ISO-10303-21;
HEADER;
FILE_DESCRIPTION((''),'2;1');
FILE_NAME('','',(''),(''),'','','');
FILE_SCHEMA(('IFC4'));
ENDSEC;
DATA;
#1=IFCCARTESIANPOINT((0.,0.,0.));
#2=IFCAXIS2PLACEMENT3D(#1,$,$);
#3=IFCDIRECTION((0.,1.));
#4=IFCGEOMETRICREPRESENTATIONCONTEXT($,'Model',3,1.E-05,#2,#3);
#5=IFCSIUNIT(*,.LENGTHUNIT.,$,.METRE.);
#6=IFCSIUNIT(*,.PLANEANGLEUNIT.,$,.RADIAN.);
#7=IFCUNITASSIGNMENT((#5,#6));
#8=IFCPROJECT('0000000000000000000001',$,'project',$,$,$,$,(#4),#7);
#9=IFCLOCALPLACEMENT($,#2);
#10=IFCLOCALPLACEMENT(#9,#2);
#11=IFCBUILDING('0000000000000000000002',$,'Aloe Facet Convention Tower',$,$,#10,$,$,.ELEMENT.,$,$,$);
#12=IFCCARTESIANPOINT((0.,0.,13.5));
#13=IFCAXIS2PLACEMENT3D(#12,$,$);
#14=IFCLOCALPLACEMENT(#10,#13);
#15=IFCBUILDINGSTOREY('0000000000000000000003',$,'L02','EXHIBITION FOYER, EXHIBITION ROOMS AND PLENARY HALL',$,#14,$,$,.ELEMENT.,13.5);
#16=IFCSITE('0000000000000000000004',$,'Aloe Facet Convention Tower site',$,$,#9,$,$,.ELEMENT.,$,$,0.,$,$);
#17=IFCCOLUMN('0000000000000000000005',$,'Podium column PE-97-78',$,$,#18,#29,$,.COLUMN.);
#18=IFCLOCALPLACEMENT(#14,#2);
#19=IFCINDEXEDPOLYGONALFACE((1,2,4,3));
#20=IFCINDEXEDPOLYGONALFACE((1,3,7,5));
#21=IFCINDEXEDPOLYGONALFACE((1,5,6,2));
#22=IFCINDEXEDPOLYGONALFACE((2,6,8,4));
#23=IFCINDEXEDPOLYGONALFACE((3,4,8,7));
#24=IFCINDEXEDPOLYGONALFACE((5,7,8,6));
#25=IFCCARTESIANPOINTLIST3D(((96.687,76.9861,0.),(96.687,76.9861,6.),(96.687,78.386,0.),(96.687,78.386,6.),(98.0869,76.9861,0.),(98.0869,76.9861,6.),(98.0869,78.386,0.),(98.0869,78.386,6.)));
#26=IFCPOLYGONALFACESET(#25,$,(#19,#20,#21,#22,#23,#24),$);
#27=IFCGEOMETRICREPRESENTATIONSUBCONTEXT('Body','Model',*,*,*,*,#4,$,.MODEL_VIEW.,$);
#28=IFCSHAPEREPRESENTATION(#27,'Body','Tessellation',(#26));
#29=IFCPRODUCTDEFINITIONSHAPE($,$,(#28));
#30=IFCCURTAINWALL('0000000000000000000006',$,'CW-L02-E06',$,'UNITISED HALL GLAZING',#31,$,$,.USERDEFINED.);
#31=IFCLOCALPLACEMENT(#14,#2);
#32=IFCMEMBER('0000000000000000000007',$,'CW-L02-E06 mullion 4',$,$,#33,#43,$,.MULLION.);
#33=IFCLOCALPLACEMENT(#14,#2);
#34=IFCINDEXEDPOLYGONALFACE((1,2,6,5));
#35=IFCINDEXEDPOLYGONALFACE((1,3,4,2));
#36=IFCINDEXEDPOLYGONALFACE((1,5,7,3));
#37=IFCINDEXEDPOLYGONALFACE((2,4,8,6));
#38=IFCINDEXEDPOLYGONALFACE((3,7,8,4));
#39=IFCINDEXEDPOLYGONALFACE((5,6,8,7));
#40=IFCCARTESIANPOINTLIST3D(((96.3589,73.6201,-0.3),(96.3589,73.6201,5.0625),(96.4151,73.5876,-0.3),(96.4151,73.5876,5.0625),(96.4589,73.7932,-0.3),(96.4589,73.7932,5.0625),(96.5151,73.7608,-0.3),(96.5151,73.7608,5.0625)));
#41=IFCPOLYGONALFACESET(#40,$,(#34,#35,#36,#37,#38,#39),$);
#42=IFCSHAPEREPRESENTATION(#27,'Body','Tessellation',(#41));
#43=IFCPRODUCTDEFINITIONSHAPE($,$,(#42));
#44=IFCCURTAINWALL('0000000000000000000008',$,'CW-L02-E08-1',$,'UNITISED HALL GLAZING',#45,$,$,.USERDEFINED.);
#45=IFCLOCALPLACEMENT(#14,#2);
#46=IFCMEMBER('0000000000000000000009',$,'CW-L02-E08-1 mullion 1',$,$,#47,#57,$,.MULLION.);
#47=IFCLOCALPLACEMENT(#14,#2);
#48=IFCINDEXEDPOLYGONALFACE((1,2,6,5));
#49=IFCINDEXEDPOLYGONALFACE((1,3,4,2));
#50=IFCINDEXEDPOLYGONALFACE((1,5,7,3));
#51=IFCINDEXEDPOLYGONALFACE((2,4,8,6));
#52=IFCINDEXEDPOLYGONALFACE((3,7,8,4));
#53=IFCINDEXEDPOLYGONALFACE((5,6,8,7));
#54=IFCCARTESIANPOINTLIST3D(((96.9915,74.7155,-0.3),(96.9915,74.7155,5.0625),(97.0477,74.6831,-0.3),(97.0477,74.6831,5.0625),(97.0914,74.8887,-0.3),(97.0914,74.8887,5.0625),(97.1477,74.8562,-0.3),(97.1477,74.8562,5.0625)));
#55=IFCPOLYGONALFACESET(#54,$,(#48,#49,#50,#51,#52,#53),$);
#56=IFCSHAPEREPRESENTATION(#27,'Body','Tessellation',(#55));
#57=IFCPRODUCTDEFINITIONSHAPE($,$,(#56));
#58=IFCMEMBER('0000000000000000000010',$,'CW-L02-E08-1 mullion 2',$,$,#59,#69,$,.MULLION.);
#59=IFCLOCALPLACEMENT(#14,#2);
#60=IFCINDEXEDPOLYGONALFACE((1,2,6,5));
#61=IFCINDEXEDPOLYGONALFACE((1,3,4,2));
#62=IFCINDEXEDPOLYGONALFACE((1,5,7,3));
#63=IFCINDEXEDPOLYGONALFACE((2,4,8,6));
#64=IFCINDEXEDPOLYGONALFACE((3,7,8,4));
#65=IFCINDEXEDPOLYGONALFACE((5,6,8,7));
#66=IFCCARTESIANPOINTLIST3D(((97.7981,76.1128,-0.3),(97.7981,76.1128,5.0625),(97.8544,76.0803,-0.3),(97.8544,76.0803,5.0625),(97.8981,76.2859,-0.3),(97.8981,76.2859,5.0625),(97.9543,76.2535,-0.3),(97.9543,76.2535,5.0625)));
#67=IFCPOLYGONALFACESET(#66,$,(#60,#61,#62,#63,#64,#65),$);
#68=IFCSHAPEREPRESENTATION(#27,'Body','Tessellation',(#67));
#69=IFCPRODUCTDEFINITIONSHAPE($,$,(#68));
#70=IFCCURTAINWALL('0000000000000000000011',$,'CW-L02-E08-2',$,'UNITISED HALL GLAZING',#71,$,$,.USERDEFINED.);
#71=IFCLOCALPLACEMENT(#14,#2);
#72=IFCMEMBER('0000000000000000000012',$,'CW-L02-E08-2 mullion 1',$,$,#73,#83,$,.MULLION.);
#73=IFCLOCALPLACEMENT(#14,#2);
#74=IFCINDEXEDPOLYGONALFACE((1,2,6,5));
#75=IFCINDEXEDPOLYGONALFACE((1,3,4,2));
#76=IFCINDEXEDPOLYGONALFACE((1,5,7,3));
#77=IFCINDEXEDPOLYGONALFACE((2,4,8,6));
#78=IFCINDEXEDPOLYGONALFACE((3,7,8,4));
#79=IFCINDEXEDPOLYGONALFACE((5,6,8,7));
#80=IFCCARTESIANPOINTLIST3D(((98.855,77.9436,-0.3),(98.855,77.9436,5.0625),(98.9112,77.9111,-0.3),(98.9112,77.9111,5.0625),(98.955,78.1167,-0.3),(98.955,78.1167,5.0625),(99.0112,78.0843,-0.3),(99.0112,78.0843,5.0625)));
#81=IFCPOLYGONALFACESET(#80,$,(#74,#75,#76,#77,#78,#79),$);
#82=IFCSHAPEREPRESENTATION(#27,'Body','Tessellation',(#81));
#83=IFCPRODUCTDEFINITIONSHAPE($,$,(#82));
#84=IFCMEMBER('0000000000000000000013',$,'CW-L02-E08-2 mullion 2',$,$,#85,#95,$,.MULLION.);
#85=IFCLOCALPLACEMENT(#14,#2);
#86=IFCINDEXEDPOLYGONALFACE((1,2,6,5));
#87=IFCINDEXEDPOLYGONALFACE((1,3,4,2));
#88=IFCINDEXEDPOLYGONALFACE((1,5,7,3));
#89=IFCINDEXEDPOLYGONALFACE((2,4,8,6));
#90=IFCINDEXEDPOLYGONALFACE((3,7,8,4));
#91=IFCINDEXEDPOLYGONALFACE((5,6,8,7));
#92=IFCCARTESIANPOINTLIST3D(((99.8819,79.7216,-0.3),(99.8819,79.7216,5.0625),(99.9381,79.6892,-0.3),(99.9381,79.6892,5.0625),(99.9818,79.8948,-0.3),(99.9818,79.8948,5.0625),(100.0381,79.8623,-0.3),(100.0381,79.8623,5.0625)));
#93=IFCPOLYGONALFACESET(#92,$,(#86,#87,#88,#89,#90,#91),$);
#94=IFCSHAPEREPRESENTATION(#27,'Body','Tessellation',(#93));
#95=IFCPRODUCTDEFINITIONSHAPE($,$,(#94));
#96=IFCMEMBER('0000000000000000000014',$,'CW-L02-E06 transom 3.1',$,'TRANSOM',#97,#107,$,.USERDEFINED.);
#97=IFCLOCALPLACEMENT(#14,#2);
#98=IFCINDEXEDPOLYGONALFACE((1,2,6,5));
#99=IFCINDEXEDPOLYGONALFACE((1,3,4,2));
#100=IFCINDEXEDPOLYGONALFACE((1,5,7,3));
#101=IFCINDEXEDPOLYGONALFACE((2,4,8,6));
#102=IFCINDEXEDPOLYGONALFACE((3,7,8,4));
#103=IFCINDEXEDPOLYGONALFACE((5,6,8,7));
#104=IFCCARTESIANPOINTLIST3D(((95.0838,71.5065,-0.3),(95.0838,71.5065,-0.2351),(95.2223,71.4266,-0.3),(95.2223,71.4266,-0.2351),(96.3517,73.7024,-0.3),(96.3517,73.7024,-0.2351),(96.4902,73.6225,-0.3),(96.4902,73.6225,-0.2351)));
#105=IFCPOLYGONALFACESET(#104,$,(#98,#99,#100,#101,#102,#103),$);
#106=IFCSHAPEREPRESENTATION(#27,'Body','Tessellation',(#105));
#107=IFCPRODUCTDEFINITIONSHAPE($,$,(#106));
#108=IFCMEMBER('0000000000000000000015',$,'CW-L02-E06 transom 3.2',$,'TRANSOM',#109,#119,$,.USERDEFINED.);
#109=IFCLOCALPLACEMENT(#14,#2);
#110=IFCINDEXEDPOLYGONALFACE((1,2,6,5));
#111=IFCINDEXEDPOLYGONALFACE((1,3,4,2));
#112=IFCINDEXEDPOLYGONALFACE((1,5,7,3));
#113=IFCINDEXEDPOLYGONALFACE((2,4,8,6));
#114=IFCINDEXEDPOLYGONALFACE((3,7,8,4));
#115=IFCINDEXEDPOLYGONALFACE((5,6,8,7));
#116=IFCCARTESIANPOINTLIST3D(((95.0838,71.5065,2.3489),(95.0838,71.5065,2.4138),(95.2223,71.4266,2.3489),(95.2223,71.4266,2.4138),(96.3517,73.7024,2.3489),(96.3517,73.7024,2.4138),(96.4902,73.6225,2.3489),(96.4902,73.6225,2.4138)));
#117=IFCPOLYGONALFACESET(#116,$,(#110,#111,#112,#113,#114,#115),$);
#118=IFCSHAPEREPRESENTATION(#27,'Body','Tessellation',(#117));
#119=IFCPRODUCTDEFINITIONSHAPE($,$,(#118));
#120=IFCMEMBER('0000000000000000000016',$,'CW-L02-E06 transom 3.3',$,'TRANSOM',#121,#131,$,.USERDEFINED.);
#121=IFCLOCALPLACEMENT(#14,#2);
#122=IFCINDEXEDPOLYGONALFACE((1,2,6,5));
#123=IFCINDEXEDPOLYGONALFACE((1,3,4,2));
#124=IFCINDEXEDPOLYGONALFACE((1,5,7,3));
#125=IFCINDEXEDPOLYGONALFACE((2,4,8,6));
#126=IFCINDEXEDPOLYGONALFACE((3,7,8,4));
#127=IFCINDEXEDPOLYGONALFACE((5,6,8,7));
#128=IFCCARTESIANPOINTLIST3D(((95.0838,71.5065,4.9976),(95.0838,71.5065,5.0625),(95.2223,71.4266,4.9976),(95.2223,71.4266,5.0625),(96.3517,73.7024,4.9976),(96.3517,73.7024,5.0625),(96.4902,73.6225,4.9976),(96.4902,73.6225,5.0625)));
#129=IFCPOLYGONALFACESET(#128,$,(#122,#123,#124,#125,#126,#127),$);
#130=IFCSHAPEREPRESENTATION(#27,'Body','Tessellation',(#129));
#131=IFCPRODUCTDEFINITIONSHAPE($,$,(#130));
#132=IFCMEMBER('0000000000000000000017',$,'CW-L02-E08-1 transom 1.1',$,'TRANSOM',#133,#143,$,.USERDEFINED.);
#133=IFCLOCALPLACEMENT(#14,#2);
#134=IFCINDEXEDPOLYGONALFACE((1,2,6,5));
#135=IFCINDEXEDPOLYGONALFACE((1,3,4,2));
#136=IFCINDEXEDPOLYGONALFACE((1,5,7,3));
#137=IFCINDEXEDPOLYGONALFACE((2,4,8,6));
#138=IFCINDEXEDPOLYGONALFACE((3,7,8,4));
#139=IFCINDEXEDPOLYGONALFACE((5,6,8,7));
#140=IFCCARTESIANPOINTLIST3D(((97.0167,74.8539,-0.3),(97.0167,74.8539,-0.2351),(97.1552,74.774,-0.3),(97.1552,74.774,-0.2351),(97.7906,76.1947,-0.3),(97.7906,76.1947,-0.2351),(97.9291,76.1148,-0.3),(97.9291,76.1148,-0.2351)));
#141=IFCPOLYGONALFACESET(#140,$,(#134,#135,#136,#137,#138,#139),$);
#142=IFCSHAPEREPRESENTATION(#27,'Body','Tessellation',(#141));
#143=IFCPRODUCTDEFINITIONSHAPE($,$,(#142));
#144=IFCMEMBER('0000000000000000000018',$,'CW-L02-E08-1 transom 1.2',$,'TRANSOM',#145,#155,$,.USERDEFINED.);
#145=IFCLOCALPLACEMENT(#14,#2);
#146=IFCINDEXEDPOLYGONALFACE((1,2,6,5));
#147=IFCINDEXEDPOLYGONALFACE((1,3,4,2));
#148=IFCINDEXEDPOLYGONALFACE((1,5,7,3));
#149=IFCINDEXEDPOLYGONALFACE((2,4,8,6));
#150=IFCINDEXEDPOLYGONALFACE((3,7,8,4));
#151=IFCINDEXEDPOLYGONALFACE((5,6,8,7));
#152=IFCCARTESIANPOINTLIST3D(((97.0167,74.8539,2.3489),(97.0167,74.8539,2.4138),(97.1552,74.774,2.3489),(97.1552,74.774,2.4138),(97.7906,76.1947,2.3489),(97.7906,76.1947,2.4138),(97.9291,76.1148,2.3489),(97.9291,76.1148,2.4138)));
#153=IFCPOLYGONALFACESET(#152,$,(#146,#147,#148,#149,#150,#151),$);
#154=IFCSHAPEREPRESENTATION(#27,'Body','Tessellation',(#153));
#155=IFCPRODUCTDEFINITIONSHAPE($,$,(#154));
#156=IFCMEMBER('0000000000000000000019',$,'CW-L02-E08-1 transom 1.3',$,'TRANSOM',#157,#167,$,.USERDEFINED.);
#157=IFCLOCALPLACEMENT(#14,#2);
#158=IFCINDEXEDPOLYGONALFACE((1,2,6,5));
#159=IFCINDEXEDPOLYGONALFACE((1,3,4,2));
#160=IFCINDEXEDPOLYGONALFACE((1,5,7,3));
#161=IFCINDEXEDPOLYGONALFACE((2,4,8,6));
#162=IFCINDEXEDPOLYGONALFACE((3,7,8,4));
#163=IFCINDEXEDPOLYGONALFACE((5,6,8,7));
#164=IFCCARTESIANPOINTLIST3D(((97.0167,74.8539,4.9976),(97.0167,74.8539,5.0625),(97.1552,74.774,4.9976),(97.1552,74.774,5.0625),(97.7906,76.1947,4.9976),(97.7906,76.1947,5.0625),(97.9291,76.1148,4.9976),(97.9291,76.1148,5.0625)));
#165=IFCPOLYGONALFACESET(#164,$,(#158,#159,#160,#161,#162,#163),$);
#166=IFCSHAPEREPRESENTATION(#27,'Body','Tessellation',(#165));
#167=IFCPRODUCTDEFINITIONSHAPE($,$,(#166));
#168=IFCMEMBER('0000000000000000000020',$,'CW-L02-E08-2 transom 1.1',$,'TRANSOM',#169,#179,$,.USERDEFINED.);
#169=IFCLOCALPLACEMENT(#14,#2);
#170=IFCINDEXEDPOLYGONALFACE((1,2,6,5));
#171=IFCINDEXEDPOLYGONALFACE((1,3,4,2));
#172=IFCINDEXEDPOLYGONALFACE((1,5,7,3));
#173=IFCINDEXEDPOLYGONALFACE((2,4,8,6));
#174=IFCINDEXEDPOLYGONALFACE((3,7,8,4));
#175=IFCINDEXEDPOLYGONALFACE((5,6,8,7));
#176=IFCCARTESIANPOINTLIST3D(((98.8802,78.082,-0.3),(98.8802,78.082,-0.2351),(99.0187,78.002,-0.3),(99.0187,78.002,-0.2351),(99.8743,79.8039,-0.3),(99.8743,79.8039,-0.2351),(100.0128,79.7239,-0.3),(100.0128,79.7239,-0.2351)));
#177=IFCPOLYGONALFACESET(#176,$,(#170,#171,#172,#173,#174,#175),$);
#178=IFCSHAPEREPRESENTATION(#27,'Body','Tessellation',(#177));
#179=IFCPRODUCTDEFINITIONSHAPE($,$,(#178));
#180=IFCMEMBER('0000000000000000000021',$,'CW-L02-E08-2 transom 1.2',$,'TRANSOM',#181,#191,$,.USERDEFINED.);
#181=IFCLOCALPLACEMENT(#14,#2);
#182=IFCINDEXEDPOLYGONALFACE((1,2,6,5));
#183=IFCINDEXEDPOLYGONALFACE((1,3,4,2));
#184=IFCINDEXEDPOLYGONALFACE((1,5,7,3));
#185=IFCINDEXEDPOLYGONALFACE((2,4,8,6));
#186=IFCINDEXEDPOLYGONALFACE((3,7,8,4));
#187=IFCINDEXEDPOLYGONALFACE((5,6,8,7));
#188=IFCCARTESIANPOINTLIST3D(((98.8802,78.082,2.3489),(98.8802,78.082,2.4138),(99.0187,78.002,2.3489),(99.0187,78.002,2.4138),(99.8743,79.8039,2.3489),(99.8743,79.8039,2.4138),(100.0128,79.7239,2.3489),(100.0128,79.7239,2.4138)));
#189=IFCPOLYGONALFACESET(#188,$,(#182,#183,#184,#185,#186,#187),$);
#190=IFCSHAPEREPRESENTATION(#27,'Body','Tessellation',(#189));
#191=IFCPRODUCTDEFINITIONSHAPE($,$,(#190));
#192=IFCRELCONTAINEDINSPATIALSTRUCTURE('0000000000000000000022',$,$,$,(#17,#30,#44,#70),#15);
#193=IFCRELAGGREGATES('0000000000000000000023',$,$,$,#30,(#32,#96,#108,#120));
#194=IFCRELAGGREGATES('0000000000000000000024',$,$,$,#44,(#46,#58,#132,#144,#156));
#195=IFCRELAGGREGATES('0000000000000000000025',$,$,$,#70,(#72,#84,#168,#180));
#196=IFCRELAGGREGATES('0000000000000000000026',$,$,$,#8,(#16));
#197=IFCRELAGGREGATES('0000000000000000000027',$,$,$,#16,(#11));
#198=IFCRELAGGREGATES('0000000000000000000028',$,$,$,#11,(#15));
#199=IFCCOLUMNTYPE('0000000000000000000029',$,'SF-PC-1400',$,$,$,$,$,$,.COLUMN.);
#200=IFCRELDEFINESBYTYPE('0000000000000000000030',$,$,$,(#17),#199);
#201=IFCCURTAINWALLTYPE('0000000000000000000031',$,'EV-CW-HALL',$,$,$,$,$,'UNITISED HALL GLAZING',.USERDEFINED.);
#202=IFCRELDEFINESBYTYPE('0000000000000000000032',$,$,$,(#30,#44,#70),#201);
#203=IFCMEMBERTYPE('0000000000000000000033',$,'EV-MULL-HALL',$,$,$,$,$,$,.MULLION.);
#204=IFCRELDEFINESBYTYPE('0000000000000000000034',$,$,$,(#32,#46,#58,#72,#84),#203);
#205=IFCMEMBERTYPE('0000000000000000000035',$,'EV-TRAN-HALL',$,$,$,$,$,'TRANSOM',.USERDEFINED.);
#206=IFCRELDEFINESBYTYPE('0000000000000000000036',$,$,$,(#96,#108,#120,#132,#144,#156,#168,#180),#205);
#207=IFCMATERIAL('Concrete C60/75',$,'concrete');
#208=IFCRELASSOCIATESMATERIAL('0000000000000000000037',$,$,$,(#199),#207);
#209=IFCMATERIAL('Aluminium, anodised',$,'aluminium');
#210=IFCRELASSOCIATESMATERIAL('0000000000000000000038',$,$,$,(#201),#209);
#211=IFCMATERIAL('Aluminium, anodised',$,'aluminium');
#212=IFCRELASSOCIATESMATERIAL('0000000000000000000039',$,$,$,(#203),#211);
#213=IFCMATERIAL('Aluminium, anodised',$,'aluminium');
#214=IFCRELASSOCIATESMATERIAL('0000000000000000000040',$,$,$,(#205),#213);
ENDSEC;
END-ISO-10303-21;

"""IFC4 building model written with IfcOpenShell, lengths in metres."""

from ifc_helpers import new_model, si_unit, direction, frame, origin, origin_2d, place, context, subcontext, project, spatial, rectangle, extrude, material, material_profile, profile_set, type_object, element, aggregate, save


model = new_model("IFC4")

# Units and contexts
model_context = context("Model", 3, precision=1e-05, world=origin(), true_north=direction((0.0, 1.0)))
body_context = subcontext(model_context, "Body", "Model", "MODEL_VIEW")
ifc_project = project(units=[si_unit("LENGTHUNIT", "METRE"), si_unit("PLANEANGLEUNIT", "RADIAN")], contexts=[model_context])

# Site, building, storey
site_placement = place(None, origin())
site = spatial("IfcSite", under=ifc_project, at=site_placement, Name="Aloe Facet Convention Tower site", CompositionType="ELEMENT", RefElevation=0.0)
building_placement = place(site_placement, origin())
building = spatial("IfcBuilding", under=site, at=building_placement, Name="Aloe Facet Convention Tower", CompositionType="ELEMENT")
storey_placement = place(building_placement, frame((0.0, 0.0, 13.5)))
storey = spatial("IfcBuildingStorey", under=building, at=storey_placement, Name="L02", Description="EXHIBITION FOYER, EXHIBITION ROOMS AND PLENARY HALL", CompositionType="ELEMENT", Elevation=13.5)

# Column
ifc_material_1 = material(Name="Concrete C60/75", Category="concrete")
ifc_material_profile_1 = material_profile(ifc_material_1, rectangle(XDim=1.3999, YDim=1.3999, at=origin_2d()), Name="SF-PC-1400")
ifc_profile_set_1 = profile_set([ifc_material_profile_1], Name="Concrete C60/75")
column_type = type_object("IfcColumnType", Name="SF-PC-1400", PredefinedType="COLUMN", material=ifc_profile_set_1)
column_placement = place(storey_placement, frame((97.387, 77.686, 0.0), z_axis=(0.0, 0.0, 1.0), x_axis=(1.0, 0.0, 0.0)))
element("IfcColumn", 1, at=column_placement, inside=storey, type_object=column_type, Name="Podium column PE-97-78", PredefinedType="COLUMN", context=body_context, shape_type="SweptSolid", body=[
    extrude(rectangle(XDim=1.3999, YDim=1.3999, at=origin_2d()), origin(), (0.0, 0.0, 1.0), 6.0),
])

# Curtain wall, member
ifc_material_2 = material(Name="Aluminium, anodised", Category="aluminium")
curtain_wall_type = type_object("IfcCurtainWallType", Name="EV-CW-HALL", ElementType="UNITISED HALL GLAZING", PredefinedType="USERDEFINED", material=ifc_material_2)
curtain_wall_1_placement = place(storey_placement, origin())
curtain_wall_1 = element("IfcCurtainWall", 2, at=curtain_wall_1_placement, inside=storey, type_object=curtain_wall_type, Name="CW-L02-E06", ObjectType="UNITISED HALL GLAZING", PredefinedType="USERDEFINED")
ifc_material_3 = material(Name="Aluminium, anodised", Category="aluminium")
ifc_material_profile_2 = material_profile(ifc_material_3, rectangle(XDim=0.0649, YDim=0.2, at=origin_2d()), Name="AL 65x200")
ifc_profile_set_2 = profile_set([ifc_material_profile_2], Name="Aluminium, anodised")
member_type_1 = type_object("IfcMemberType", Name="EV-MULL-HALL", PredefinedType="MULLION", material=ifc_profile_set_2)
member_1_placement = place(storey_placement, frame((96.437, 73.6904, -0.3), z_axis=(0.0, 0.0, 1.0), x_axis=(-0.866025, 0.5, 0.0)))
member_1 = element("IfcMember", 3, at=member_1_placement, type_object=member_type_1, Name="CW-L02-E06 mullion 4", PredefinedType="MULLION", context=body_context, shape_type="SweptSolid", body=[
    extrude(rectangle(XDim=0.0649, YDim=0.2, at=origin_2d()), origin(), (0.0, 0.0, 1.0), 5.3625),
])

# Curtain walls, members
curtain_wall_2_placement = place(storey_placement, origin())
curtain_wall_2 = element("IfcCurtainWall", 4, at=curtain_wall_2_placement, inside=storey, type_object=curtain_wall_type, Name="CW-L02-E08-1", ObjectType="UNITISED HALL GLAZING", PredefinedType="USERDEFINED")
member_2_placement = place(storey_placement, frame((97.0696, 74.7859, -0.3), z_axis=(0.0, 0.0, 1.0), x_axis=(-0.866025, 0.5, 0.0)))
member_2 = element("IfcMember", 5, at=member_2_placement, type_object=member_type_1, Name="CW-L02-E08-1 mullion 1", PredefinedType="MULLION", context=body_context, shape_type="SweptSolid", body=[
    extrude(rectangle(XDim=0.0649, YDim=0.2, at=origin_2d()), origin(), (0.0, 0.0, 1.0), 5.3625),
])
member_3_placement = place(storey_placement, frame((97.8762, 76.1831, -0.3), z_axis=(0.0, 0.0, 1.0), x_axis=(-0.866025, 0.5, 0.0)))
member_3 = element("IfcMember", 6, at=member_3_placement, type_object=member_type_1, Name="CW-L02-E08-1 mullion 2", PredefinedType="MULLION", context=body_context, shape_type="SweptSolid", body=[
    extrude(rectangle(XDim=0.0649, YDim=0.2, at=origin_2d()), origin(), (0.0, 0.0, 1.0), 5.3625),
])
curtain_wall_3_placement = place(storey_placement, origin())
curtain_wall_3 = element("IfcCurtainWall", 7, at=curtain_wall_3_placement, inside=storey, type_object=curtain_wall_type, Name="CW-L02-E08-2", ObjectType="UNITISED HALL GLAZING", PredefinedType="USERDEFINED")
member_4_placement = place(storey_placement, frame((98.9331, 78.0139, -0.3), z_axis=(0.0, 0.0, 1.0), x_axis=(-0.866025, 0.5, 0.0)))
member_4 = element("IfcMember", 8, at=member_4_placement, type_object=member_type_1, Name="CW-L02-E08-2 mullion 1", PredefinedType="MULLION", context=body_context, shape_type="SweptSolid", body=[
    extrude(rectangle(XDim=0.0649, YDim=0.2, at=origin_2d()), origin(), (0.0, 0.0, 1.0), 5.3625),
])
member_5_placement = place(storey_placement, frame((99.96, 79.792, -0.3), z_axis=(0.0, 0.0, 1.0), x_axis=(-0.866025, 0.5, 0.0)))
member_5 = element("IfcMember", 9, at=member_5_placement, type_object=member_type_1, Name="CW-L02-E08-2 mullion 2", PredefinedType="MULLION", context=body_context, shape_type="SweptSolid", body=[
    extrude(rectangle(XDim=0.0649, YDim=0.2, at=origin_2d()), origin(), (0.0, 0.0, 1.0), 5.3625),
])

# Members
ifc_material_4 = material(Name="Aluminium, anodised", Category="aluminium")
ifc_material_profile_3 = material_profile(ifc_material_4, rectangle(XDim=0.1599, YDim=0.0649, at=origin_2d()), Name="AL 160x65")
ifc_profile_set_3 = profile_set([ifc_material_profile_3], Name="Aluminium, anodised")
member_type_2 = type_object("IfcMemberType", Name="EV-TRAN-HALL", ElementType="TRANSOM", PredefinedType="USERDEFINED", material=ifc_profile_set_3)
member_6_placement = place(storey_placement, frame((95.1531, 71.4666, -0.2676), z_axis=(0.500023, 0.866012, 0.0), x_axis=(-0.866012, 0.500023, 0.0)))
member_6 = element("IfcMember", 10, at=member_6_placement, type_object=member_type_2, Name="CW-L02-E06 transom 3.1", ObjectType="TRANSOM", PredefinedType="USERDEFINED", context=body_context, shape_type="SweptSolid", body=[
    extrude(rectangle(XDim=0.1599, YDim=0.0649, at=origin_2d()), origin(), (0.0, 0.0, 1.0), 2.5356),
])
member_7_placement = place(storey_placement, frame((95.1531, 71.4666, 2.3813), z_axis=(0.500023, 0.866012, 0.0), x_axis=(-0.866012, 0.500023, 0.0)))
member_7 = element("IfcMember", 11, at=member_7_placement, type_object=member_type_2, Name="CW-L02-E06 transom 3.2", ObjectType="TRANSOM", PredefinedType="USERDEFINED", context=body_context, shape_type="SweptSolid", body=[
    extrude(rectangle(XDim=0.1599, YDim=0.0649, at=origin_2d()), origin(), (0.0, 0.0, 1.0), 2.5356),
])
member_8_placement = place(storey_placement, frame((95.1531, 71.4666, 5.03), z_axis=(0.500023, 0.866012, 0.0), x_axis=(-0.866012, 0.500023, 0.0)))
member_8 = element("IfcMember", 12, at=member_8_placement, type_object=member_type_2, Name="CW-L02-E06 transom 3.3", ObjectType="TRANSOM", PredefinedType="USERDEFINED", context=body_context, shape_type="SweptSolid", body=[
    extrude(rectangle(XDim=0.1599, YDim=0.0649, at=origin_2d()), origin(), (0.0, 0.0, 1.0), 2.5356),
])
member_9_placement = place(storey_placement, frame((97.0859, 74.814, -0.2676), z_axis=(0.499904, 0.866081, 0.0), x_axis=(-0.866081, 0.499904, 0.0)))
member_9 = element("IfcMember", 13, at=member_9_placement, type_object=member_type_2, Name="CW-L02-E08-1 transom 1.1", ObjectType="TRANSOM", PredefinedType="USERDEFINED", context=body_context, shape_type="SweptSolid", body=[
    extrude(rectangle(XDim=0.1599, YDim=0.0649, at=origin_2d()), origin(), (0.0, 0.0, 1.0), 1.5481),
])
member_10_placement = place(storey_placement, frame((97.0859, 74.814, 2.3813), z_axis=(0.499904, 0.866081, 0.0), x_axis=(-0.866081, 0.499904, 0.0)))
member_10 = element("IfcMember", 14, at=member_10_placement, type_object=member_type_2, Name="CW-L02-E08-1 transom 1.2", ObjectType="TRANSOM", PredefinedType="USERDEFINED", context=body_context, shape_type="SweptSolid", body=[
    extrude(rectangle(XDim=0.1599, YDim=0.0649, at=origin_2d()), origin(), (0.0, 0.0, 1.0), 1.5481),
])
member_11_placement = place(storey_placement, frame((97.0859, 74.814, 5.03), z_axis=(0.499904, 0.866081, 0.0), x_axis=(-0.866081, 0.499904, 0.0)))
member_11 = element("IfcMember", 15, at=member_11_placement, type_object=member_type_2, Name="CW-L02-E08-1 transom 1.3", ObjectType="TRANSOM", PredefinedType="USERDEFINED", context=body_context, shape_type="SweptSolid", body=[
    extrude(rectangle(XDim=0.1599, YDim=0.0649, at=origin_2d()), origin(), (0.0, 0.0, 1.0), 1.5481),
])
member_12_placement = place(storey_placement, frame((98.9495, 78.042, -0.2676), z_axis=(0.499995, 0.866028, 0.0), x_axis=(-0.866028, 0.499995, 0.0)))
member_12 = element("IfcMember", 16, at=member_12_placement, type_object=member_type_2, Name="CW-L02-E08-2 transom 1.1", ObjectType="TRANSOM", PredefinedType="USERDEFINED", context=body_context, shape_type="SweptSolid", body=[
    extrude(rectangle(XDim=0.1599, YDim=0.0649, at=origin_2d()), origin(), (0.0, 0.0, 1.0), 1.9883),
])
member_13_placement = place(storey_placement, frame((98.9495, 78.042, 2.3813), z_axis=(0.499995, 0.866028, 0.0), x_axis=(-0.866028, 0.499995, 0.0)))
member_13 = element("IfcMember", 17, at=member_13_placement, type_object=member_type_2, Name="CW-L02-E08-2 transom 1.2", ObjectType="TRANSOM", PredefinedType="USERDEFINED", context=body_context, shape_type="SweptSolid", body=[
    extrude(rectangle(XDim=0.1599, YDim=0.0649, at=origin_2d()), origin(), (0.0, 0.0, 1.0), 1.9883),
])

aggregate(curtain_wall_1, [member_1, member_6, member_7, member_8])
aggregate(curtain_wall_2, [member_2, member_3, member_9, member_10, member_11])
aggregate(curtain_wall_3, [member_4, member_5, member_12, member_13])

save(model, "model.ifc")
